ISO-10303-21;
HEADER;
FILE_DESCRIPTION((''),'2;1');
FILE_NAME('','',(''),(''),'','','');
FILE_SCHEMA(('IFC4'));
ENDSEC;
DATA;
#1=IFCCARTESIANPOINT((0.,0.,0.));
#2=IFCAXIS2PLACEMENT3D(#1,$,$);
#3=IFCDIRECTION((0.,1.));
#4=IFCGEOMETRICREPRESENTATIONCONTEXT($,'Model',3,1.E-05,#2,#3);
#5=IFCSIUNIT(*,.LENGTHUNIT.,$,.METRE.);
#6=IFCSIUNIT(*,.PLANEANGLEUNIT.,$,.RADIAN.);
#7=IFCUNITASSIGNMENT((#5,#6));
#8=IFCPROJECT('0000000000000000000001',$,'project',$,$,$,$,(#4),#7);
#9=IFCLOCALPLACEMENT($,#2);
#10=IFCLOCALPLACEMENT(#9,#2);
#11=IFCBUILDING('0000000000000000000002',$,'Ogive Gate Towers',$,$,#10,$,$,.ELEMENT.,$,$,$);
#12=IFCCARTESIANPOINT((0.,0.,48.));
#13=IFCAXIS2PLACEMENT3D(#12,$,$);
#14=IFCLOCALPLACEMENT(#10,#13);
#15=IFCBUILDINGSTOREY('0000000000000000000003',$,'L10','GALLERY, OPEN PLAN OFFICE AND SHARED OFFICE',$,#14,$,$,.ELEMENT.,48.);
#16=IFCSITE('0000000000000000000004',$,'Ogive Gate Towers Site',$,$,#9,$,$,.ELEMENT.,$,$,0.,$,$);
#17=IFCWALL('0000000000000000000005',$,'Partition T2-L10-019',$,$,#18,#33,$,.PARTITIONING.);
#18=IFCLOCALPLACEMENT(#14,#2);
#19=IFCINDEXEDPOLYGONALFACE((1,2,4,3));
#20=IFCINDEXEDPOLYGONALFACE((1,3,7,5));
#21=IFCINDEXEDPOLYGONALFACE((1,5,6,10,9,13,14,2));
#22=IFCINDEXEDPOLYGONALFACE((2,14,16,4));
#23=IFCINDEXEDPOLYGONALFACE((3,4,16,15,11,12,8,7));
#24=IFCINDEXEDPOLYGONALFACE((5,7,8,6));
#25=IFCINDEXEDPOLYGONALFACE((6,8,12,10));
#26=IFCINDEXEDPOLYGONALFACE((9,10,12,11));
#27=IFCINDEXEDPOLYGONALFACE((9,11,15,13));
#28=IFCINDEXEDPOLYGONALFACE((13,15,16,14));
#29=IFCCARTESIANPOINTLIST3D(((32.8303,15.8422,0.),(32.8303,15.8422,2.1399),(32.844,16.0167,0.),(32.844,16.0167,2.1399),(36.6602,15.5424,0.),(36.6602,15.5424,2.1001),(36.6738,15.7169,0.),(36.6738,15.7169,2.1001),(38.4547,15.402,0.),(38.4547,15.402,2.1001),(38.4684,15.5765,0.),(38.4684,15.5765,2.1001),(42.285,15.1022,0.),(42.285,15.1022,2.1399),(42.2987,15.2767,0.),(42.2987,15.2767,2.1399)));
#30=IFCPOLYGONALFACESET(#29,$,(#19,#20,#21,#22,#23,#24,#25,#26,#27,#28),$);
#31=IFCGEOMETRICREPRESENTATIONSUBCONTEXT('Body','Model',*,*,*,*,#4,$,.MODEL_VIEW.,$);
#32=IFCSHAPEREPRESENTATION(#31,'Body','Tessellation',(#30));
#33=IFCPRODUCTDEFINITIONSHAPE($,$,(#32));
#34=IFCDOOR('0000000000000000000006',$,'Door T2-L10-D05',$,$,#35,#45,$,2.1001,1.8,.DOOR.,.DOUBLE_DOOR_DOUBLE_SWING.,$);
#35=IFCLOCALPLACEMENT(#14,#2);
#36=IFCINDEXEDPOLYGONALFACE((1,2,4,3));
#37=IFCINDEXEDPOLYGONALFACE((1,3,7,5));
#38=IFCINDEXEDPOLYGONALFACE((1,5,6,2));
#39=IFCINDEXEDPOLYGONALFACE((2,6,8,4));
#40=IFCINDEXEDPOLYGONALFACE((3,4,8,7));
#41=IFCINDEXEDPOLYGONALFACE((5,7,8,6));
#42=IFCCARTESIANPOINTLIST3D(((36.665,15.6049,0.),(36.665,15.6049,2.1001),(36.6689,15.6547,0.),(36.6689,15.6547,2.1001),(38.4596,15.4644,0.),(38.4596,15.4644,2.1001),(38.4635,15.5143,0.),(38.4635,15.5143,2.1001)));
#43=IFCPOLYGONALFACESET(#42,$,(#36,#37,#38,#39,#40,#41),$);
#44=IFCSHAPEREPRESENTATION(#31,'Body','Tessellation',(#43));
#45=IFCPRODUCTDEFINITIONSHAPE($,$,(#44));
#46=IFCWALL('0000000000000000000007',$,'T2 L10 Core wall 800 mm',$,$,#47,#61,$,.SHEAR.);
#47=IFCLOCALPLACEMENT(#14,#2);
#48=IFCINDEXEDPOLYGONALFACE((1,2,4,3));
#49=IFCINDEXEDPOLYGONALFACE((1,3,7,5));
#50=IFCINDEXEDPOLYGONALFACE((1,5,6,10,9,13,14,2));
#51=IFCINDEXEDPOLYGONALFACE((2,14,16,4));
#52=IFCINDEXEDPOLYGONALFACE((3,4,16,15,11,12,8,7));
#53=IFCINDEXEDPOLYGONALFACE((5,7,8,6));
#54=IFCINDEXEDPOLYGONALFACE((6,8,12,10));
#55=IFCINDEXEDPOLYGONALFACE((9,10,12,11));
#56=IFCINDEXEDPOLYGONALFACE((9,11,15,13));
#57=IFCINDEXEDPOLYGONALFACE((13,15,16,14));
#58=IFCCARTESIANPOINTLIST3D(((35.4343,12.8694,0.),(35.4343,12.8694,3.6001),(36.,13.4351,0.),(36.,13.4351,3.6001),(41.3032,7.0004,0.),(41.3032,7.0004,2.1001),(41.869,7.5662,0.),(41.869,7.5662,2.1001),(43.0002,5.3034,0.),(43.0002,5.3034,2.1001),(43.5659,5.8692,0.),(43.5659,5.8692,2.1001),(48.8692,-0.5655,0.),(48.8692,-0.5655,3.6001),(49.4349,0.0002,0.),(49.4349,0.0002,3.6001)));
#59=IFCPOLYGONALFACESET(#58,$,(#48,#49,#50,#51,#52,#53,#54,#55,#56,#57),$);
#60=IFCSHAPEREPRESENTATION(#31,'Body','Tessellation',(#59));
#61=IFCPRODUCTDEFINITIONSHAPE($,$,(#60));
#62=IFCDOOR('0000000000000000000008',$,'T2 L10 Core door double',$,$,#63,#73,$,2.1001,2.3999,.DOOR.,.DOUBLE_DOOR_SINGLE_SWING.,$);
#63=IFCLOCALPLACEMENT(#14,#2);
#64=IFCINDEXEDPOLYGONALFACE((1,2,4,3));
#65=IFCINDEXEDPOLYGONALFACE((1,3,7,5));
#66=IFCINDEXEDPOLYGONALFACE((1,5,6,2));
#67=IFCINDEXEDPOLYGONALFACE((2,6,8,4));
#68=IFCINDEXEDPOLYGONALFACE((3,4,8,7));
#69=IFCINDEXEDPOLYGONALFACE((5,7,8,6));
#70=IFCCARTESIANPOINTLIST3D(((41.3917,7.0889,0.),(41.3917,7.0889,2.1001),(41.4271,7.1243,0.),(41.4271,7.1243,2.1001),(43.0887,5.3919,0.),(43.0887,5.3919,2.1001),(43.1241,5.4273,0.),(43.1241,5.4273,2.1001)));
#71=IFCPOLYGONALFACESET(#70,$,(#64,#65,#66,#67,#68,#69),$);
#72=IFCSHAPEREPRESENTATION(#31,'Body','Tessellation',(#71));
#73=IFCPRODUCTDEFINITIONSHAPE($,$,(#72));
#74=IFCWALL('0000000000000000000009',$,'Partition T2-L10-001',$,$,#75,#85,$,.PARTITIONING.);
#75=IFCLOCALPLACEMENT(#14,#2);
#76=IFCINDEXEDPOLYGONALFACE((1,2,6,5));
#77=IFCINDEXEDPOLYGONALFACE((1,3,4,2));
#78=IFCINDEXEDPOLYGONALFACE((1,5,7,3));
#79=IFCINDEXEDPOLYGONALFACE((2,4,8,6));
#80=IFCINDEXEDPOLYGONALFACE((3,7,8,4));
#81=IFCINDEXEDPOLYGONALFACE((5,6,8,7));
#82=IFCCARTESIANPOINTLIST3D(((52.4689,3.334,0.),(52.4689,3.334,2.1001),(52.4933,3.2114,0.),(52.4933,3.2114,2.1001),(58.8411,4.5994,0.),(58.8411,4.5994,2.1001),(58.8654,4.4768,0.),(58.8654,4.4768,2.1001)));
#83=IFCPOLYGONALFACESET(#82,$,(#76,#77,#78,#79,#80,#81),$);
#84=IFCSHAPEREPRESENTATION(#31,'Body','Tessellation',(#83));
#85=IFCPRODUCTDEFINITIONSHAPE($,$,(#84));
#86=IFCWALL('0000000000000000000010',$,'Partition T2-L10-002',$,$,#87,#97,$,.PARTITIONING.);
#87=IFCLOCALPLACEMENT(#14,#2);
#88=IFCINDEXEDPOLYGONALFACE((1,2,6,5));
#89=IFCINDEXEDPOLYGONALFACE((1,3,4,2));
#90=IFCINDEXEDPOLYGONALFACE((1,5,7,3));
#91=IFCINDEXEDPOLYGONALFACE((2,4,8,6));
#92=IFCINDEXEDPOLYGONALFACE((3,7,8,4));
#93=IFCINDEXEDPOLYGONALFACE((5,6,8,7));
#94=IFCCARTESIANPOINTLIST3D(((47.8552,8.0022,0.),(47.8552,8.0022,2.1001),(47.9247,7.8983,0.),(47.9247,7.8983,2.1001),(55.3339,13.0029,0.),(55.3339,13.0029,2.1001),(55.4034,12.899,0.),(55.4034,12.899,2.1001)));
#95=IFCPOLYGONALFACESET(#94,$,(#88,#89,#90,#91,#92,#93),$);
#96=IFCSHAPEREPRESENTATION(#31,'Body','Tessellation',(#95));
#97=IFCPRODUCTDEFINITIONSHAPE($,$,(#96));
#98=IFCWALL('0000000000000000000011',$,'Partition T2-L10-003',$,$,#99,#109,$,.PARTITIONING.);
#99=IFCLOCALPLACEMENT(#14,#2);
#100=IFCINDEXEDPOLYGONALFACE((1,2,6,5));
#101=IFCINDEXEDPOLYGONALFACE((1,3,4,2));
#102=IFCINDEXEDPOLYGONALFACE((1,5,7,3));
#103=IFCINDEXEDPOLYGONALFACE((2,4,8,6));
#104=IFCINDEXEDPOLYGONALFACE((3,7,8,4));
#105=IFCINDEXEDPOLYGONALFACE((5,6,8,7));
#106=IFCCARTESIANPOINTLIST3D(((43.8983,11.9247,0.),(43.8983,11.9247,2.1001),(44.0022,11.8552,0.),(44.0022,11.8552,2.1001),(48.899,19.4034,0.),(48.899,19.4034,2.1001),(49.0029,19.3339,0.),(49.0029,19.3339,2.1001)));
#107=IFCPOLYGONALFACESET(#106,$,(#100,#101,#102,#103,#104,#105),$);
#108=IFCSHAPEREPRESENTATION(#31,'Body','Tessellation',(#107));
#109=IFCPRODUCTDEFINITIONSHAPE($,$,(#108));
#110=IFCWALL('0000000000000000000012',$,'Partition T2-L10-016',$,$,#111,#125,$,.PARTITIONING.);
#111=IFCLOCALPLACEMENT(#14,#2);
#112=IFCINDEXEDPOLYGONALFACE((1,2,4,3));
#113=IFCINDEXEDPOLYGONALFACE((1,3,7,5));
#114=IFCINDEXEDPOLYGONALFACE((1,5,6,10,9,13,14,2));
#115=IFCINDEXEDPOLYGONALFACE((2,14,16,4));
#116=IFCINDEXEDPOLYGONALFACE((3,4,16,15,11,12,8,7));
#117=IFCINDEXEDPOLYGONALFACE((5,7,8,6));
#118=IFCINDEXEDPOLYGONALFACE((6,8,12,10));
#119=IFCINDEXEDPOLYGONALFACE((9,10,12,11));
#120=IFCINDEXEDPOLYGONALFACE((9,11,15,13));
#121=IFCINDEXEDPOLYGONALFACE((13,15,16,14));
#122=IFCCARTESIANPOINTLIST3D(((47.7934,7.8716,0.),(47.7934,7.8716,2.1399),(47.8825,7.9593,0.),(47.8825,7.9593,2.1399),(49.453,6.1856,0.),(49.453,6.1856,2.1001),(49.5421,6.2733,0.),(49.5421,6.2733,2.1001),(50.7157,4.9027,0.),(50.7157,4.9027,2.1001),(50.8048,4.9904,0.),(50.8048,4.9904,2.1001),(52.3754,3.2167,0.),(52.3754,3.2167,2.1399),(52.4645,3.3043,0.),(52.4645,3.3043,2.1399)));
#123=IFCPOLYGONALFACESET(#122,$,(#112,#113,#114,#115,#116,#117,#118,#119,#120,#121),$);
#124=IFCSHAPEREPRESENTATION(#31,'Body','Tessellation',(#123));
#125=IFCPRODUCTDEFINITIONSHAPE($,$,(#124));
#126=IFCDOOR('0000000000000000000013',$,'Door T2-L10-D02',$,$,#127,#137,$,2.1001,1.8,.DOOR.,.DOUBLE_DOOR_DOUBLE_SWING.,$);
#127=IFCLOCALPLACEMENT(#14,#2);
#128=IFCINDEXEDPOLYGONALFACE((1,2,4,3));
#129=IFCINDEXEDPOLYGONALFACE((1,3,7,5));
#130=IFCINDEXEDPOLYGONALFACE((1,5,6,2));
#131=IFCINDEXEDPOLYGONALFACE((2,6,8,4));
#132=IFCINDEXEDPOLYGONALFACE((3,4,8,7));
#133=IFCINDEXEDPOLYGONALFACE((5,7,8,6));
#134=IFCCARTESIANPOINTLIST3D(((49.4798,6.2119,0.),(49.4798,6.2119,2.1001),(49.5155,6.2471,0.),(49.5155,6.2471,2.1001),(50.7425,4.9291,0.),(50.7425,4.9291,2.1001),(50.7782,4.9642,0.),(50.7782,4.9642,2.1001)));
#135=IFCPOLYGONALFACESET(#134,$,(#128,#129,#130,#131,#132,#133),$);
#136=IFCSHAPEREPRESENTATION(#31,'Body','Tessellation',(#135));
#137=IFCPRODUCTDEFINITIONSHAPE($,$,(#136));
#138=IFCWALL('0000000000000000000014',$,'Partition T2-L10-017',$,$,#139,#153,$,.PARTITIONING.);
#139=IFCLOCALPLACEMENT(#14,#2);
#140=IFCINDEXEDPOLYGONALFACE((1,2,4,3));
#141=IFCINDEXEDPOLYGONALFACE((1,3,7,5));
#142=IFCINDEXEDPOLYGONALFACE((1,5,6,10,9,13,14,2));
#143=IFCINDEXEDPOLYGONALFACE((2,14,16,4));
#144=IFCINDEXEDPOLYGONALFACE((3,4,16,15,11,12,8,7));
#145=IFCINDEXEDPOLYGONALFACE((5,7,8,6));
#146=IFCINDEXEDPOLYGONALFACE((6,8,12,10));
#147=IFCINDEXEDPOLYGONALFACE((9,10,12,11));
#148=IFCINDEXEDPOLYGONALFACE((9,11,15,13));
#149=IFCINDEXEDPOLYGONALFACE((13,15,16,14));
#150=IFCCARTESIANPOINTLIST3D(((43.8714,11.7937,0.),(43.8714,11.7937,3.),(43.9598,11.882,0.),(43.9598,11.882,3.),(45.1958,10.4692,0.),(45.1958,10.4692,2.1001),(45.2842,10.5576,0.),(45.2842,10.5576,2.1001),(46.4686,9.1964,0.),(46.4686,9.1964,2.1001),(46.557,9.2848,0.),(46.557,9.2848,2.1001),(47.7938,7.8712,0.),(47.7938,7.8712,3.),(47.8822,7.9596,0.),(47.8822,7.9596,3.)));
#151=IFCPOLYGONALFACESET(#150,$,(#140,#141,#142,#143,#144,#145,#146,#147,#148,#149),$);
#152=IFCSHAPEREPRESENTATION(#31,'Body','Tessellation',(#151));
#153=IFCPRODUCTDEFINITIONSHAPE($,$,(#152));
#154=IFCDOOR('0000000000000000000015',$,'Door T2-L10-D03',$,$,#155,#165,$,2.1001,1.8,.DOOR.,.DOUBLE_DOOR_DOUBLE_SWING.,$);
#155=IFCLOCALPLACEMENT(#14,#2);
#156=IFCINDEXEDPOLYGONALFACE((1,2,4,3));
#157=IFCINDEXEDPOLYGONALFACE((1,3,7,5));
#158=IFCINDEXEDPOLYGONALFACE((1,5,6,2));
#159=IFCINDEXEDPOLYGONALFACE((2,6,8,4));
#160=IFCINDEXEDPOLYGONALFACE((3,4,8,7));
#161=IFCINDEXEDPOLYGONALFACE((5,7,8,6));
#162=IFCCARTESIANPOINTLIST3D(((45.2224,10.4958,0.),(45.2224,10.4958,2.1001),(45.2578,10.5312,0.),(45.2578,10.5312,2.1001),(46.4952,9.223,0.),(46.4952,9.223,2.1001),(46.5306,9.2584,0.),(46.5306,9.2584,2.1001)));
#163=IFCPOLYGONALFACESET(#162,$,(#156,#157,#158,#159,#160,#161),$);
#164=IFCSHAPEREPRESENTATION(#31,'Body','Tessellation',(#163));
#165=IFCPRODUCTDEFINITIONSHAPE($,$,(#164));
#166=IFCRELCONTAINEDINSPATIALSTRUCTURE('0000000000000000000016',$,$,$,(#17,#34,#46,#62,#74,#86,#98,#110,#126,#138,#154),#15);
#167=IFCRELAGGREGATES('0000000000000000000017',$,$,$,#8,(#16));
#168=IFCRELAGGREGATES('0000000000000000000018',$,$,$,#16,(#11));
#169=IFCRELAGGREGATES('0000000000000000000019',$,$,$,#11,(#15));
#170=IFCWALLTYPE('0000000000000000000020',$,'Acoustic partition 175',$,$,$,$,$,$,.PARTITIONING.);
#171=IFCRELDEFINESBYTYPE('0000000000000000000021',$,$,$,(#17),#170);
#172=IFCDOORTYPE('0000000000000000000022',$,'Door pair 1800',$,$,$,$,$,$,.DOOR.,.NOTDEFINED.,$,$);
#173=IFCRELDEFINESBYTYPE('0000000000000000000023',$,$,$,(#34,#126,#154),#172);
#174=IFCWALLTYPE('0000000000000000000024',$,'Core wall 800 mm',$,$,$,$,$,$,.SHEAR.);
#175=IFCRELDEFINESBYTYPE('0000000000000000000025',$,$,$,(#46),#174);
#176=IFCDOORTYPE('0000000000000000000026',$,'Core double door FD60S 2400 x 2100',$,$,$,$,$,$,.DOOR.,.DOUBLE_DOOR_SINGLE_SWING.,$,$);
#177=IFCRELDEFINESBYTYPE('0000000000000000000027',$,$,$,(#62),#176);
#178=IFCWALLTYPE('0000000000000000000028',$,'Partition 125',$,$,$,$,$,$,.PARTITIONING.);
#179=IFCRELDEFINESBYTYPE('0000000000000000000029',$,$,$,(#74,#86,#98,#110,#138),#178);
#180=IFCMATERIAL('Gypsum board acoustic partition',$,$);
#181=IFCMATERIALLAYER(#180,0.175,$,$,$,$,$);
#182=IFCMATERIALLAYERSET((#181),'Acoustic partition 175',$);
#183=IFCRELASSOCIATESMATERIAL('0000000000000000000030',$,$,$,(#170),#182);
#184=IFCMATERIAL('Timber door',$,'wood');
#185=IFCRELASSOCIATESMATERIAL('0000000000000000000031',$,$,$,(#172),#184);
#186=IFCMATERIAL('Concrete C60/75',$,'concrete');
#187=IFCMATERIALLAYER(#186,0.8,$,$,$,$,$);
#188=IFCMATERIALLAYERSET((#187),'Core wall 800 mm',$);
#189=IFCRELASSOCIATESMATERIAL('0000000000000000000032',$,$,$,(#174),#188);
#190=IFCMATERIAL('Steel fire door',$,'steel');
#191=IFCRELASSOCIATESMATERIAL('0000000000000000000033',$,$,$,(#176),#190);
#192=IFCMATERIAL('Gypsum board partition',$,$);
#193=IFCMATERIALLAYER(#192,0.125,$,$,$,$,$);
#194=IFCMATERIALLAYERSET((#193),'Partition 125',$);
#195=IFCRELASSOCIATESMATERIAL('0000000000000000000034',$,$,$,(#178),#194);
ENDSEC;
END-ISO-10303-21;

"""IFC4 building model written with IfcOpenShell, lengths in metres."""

from ifc_helpers import new_model, si_unit, direction, frame, frame_2d, origin, place, context, subcontext, project, spatial, rectangle, extrude, material, layer, layer_set, type_object, element, fill, save


model = new_model("IFC4")

# Units and contexts
model_context = context("Model", 3, precision=1e-05, world=origin(), true_north=direction((0.0, 1.0)))
body_context = subcontext(model_context, "Body", "Model", "MODEL_VIEW")
ifc_project = project(units=[si_unit("LENGTHUNIT", "METRE"), si_unit("PLANEANGLEUNIT", "RADIAN")], contexts=[model_context])

# Site, building, storey
site_placement = place(None, origin())
site = spatial("IfcSite", under=ifc_project, at=site_placement, Name="Ogive Gate Towers Site", CompositionType="ELEMENT", RefElevation=0.0)
building_placement = place(site_placement, origin())
building = spatial("IfcBuilding", under=site, at=building_placement, Name="Ogive Gate Towers", CompositionType="ELEMENT")
storey_placement = place(building_placement, frame((0.0, 0.0, 48.0)))
storey = spatial("IfcBuildingStorey", under=building, at=storey_placement, Name="L10", Description="GALLERY, OPEN PLAN OFFICE AND SHARED OFFICE", CompositionType="ELEMENT", Elevation=48.0)

# Shared definitions
ifc_material_1 = material(Name="Gypsum board acoustic partition")
ifc_layer_1 = layer(ifc_material_1, 0.175)
ifc_layer_set_1 = layer_set([ifc_layer_1], Name="Acoustic partition 175")
wall_type_1 = type_object("IfcWallType", Name="Acoustic partition 175", PredefinedType="PARTITIONING", material=ifc_layer_set_1)

# Walls, openings, doors
wall_1_placement = place(storey_placement, frame((42.2917, 15.1895, 0.0), z_axis=(0.0, 0.0, 1.0), x_axis=(-0.996951, 0.078027, 0.0)))
wall_1 = element("IfcWall", 1, at=wall_1_placement, inside=storey, type_object=wall_type_1, Name="Partition T2-L10-019", PredefinedType="PARTITIONING", context=body_context, shape_type="SweptSolid", body=[
    extrude(rectangle(XDim=9.4836, YDim=0.175, at=frame_2d((4.7417, 0.0))), origin(), (0.0, 0.0, 1.0), 2.1399),
])
opening_1_placement = place(wall_1_placement, frame((3.842, 0.0, 0.0)))
opening_1 = element("IfcOpeningElement", 2, at=opening_1_placement, cuts=wall_1, PredefinedType="OPENING", context=body_context, shape_type="SweptSolid", body=[
    extrude(rectangle(XDim=1.8, YDim=2.1001, at=frame_2d((0.8999, 1.05))), frame((0.0, 0.0977, 0.0), z_axis=(0.0, -1.0, 0.0), x_axis=(1.0, 0.0, 0.0)), (0.0, 0.0, 1.0), 0.1951),
])
ifc_material_2 = material(Name="Timber door", Category="wood")
door_type_1 = type_object("IfcDoorType", Name="Door pair 1800", OperationType="NOTDEFINED", PredefinedType="DOOR", material=ifc_material_2)
door_1_placement = place(opening_1_placement, origin())
door_1 = element("IfcDoor", 3, at=door_1_placement, inside=storey, type_object=door_type_1, Name="Door T2-L10-D05", OperationType="DOUBLE_DOOR_DOUBLE_SWING", OverallHeight=2.1001, OverallWidth=1.8, PredefinedType="DOOR", context=body_context, shape_type="SweptSolid", body=[
    extrude(rectangle(XDim=1.8, YDim=2.1001, at=frame_2d((0.8999, 1.05))), frame((0.0, 0.0249, 0.0), z_axis=(0.0, -1.0, 0.0), x_axis=(1.0, 0.0, 0.0)), (0.0, 0.0, 1.0), 0.05),
])
fill(opening_1, door_1)
ifc_material_3 = material(Name="Concrete C60/75", Category="concrete")
ifc_layer_2 = layer(ifc_material_3, 0.8)
ifc_layer_set_2 = layer_set([ifc_layer_2], Name="Core wall 800 mm")
wall_type_2 = type_object("IfcWallType", Name="Core wall 800 mm", PredefinedType="SHEAR", material=ifc_layer_set_2)
wall_2_placement = place(storey_placement, frame((49.1521, -0.2827, 0.0), z_axis=(0.0, 0.0, 1.0), x_axis=(-0.707107, 0.707107, 0.0)))
wall_2 = element("IfcWall", 4, at=wall_2_placement, inside=storey, type_object=wall_type_2, Name="T2 L10 Core wall 800 mm", PredefinedType="SHEAR", context=body_context, shape_type="SweptSolid", body=[
    extrude(rectangle(XDim=18.9998, YDim=0.8, at=frame_2d((9.5, 0.0))), origin(), (0.0, 0.0, 1.0), 3.6001),
])
opening_2_placement = place(wall_2_placement, frame((8.3, 0.0, 0.0)))
opening_2 = element("IfcOpeningElement", 5, at=opening_2_placement, cuts=wall_2, PredefinedType="OPENING", context=body_context, shape_type="SweptSolid", body=[
    extrude(rectangle(XDim=2.3999, YDim=2.1001, at=frame_2d((1.2, 1.05))), frame((0.0, 0.4102, 0.0), z_axis=(0.0, -1.0, 0.0), x_axis=(1.0, 0.0, 0.0)), (0.0, 0.0, 1.0), 0.8201),
])
ifc_material_4 = material(Name="Steel fire door", Category="steel")
door_type_2 = type_object("IfcDoorType", Name="Core double door FD60S 2400 x 2100", OperationType="DOUBLE_DOOR_SINGLE_SWING", PredefinedType="DOOR", material=ifc_material_4)
door_2_placement = place(opening_2_placement, origin())
door_2 = element("IfcDoor", 6, at=door_2_placement, inside=storey, type_object=door_type_2, Name="T2 L10 Core door double", OperationType="DOUBLE_DOOR_SINGLE_SWING", OverallHeight=2.1001, OverallWidth=2.3999, PredefinedType="DOOR", context=body_context, shape_type="SweptSolid", body=[
    extrude(rectangle(XDim=2.3999, YDim=2.1001, at=frame_2d((1.2, 1.05))), frame((0.0, 0.2749, 0.0), z_axis=(0.0, -1.0, 0.0), x_axis=(1.0, 0.0, 0.0)), (0.0, 0.0, 1.0), 0.05),
])
fill(opening_2, door_2)

# Walls
ifc_material_5 = material(Name="Gypsum board partition")
ifc_layer_3 = layer(ifc_material_5, 0.125)
ifc_layer_set_3 = layer_set([ifc_layer_3], Name="Partition 125")
wall_type_3 = type_object("IfcWallType", Name="Partition 125", PredefinedType="PARTITIONING", material=ifc_layer_set_3)
wall_3_placement = place(storey_placement, frame((58.8533, 4.5381, 0.0), z_axis=(0.0, 0.0, 1.0), x_axis=(-0.980847, -0.194779, 0.0)))
element("IfcWall", 7, at=wall_3_placement, inside=storey, type_object=wall_type_3, Name="Partition T2-L10-001", PredefinedType="PARTITIONING", context=body_context, shape_type="SweptSolid", body=[
    extrude(rectangle(XDim=6.4966, YDim=0.125, at=frame_2d((3.2483, 0.0))), origin(), (0.0, 0.0, 1.0), 2.1001),
])
for number, where, z_axis, x_axis, name in (
    (8, (55.3687, 12.9509, 0.0), (0.0, 0.0, 1.0), (-0.831285, -0.555846, 0.0), "Partition T2-L10-002"),
    (9, (48.9509, 19.3687, 0.0), (0.0, 0.0, 1.0), (-0.555846, -0.831285, 0.0), "Partition T2-L10-003"),
):
    element("IfcWall", number, at=place(storey_placement, frame(where, z_axis=z_axis, x_axis=x_axis)), inside=storey, type_object=wall_type_3, Name=name, PredefinedType="PARTITIONING", context=body_context, shape_type="SweptSolid", body=[
        extrude(rectangle(XDim=8.9966, YDim=0.125, at=frame_2d((4.4983, 0.0))), origin(), (0.0, 0.0, 1.0), 2.1001),
    ])

# Walls, openings, doors
wall_4_placement = place(storey_placement, frame((52.4199, 3.2605, 0.0), z_axis=(0.0, 0.0, 1.0), x_axis=(-0.701497, 0.712673, 0.0)))
wall_4 = element("IfcWall", 10, at=wall_4_placement, inside=storey, type_object=wall_type_3, Name="Partition T2-L10-016", PredefinedType="PARTITIONING", context=body_context, shape_type="SweptSolid", body=[
    extrude(rectangle(XDim=6.5317, YDim=0.125, at=frame_2d((3.2659, 0.0))), origin(), (0.0, 0.0, 1.0), 2.1399),
])
opening_3_placement = place(wall_4_placement, frame((2.366, 0.0, 0.0)))
opening_3 = element("IfcOpeningElement", 11, at=opening_3_placement, cuts=wall_4, PredefinedType="OPENING", context=body_context, shape_type="SweptSolid", body=[
    extrude(rectangle(XDim=1.8, YDim=2.1001, at=frame_2d((0.8999, 1.05))), frame((0.0, 0.0725, 0.0), z_axis=(0.0, -1.0, 0.0), x_axis=(1.0, 0.0, 0.0)), (0.0, 0.0, 1.0), 0.145),
])
door_3_placement = place(opening_3_placement, origin())
door_3 = element("IfcDoor", 12, at=door_3_placement, inside=storey, type_object=door_type_1, Name="Door T2-L10-D02", OperationType="DOUBLE_DOOR_DOUBLE_SWING", OverallHeight=2.1001, OverallWidth=1.8, PredefinedType="DOOR", context=body_context, shape_type="SweptSolid", body=[
    extrude(rectangle(XDim=1.8, YDim=2.1001, at=frame_2d((0.8999, 1.05))), frame((0.0, 0.0249, 0.0), z_axis=(0.0, -1.0, 0.0), x_axis=(1.0, 0.0, 0.0)), (0.0, 0.0, 1.0), 0.05),
])
fill(opening_3, door_3)
wall_5_placement = place(storey_placement, frame((47.8379, 7.9155, 0.0), z_axis=(0.0, 0.0, 1.0), x_axis=(-0.707107, 0.707107, 0.0)))
wall_5 = element("IfcWall", 13, at=wall_5_placement, inside=storey, type_object=wall_type_3, Name="Partition T2-L10-017", PredefinedType="PARTITIONING", context=body_context, shape_type="SweptSolid", body=[
    extrude(rectangle(XDim=5.5471, YDim=0.125, at=frame_2d((2.7734, 0.0))), origin(), (0.0, 0.0, 1.0), 3.0),
])
opening_4_placement = place(wall_5_placement, frame((1.874, 0.0, 0.0)))
opening_4 = element("IfcOpeningElement", 14, at=opening_4_placement, cuts=wall_5, PredefinedType="OPENING", context=body_context, shape_type="SweptSolid", body=[
    extrude(rectangle(XDim=1.8, YDim=2.1001, at=frame_2d((0.8999, 1.05))), frame((0.0, 0.0725, 0.0), z_axis=(0.0, -1.0, 0.0), x_axis=(1.0, 0.0, 0.0)), (0.0, 0.0, 1.0), 0.145),
])
door_4_placement = place(opening_4_placement, origin())
door_4 = element("IfcDoor", 15, at=door_4_placement, inside=storey, type_object=door_type_1, Name="Door T2-L10-D03", OperationType="DOUBLE_DOOR_DOUBLE_SWING", OverallHeight=2.1001, OverallWidth=1.8, PredefinedType="DOOR", context=body_context, shape_type="SweptSolid", body=[
    extrude(rectangle(XDim=1.8, YDim=2.1001, at=frame_2d((0.8999, 1.05))), frame((0.0, 0.0249, 0.0), z_axis=(0.0, -1.0, 0.0), x_axis=(1.0, 0.0, 0.0)), (0.0, 0.0, 1.0), 0.05),
])
fill(opening_4, door_4)

save(model, "model.ifc")
